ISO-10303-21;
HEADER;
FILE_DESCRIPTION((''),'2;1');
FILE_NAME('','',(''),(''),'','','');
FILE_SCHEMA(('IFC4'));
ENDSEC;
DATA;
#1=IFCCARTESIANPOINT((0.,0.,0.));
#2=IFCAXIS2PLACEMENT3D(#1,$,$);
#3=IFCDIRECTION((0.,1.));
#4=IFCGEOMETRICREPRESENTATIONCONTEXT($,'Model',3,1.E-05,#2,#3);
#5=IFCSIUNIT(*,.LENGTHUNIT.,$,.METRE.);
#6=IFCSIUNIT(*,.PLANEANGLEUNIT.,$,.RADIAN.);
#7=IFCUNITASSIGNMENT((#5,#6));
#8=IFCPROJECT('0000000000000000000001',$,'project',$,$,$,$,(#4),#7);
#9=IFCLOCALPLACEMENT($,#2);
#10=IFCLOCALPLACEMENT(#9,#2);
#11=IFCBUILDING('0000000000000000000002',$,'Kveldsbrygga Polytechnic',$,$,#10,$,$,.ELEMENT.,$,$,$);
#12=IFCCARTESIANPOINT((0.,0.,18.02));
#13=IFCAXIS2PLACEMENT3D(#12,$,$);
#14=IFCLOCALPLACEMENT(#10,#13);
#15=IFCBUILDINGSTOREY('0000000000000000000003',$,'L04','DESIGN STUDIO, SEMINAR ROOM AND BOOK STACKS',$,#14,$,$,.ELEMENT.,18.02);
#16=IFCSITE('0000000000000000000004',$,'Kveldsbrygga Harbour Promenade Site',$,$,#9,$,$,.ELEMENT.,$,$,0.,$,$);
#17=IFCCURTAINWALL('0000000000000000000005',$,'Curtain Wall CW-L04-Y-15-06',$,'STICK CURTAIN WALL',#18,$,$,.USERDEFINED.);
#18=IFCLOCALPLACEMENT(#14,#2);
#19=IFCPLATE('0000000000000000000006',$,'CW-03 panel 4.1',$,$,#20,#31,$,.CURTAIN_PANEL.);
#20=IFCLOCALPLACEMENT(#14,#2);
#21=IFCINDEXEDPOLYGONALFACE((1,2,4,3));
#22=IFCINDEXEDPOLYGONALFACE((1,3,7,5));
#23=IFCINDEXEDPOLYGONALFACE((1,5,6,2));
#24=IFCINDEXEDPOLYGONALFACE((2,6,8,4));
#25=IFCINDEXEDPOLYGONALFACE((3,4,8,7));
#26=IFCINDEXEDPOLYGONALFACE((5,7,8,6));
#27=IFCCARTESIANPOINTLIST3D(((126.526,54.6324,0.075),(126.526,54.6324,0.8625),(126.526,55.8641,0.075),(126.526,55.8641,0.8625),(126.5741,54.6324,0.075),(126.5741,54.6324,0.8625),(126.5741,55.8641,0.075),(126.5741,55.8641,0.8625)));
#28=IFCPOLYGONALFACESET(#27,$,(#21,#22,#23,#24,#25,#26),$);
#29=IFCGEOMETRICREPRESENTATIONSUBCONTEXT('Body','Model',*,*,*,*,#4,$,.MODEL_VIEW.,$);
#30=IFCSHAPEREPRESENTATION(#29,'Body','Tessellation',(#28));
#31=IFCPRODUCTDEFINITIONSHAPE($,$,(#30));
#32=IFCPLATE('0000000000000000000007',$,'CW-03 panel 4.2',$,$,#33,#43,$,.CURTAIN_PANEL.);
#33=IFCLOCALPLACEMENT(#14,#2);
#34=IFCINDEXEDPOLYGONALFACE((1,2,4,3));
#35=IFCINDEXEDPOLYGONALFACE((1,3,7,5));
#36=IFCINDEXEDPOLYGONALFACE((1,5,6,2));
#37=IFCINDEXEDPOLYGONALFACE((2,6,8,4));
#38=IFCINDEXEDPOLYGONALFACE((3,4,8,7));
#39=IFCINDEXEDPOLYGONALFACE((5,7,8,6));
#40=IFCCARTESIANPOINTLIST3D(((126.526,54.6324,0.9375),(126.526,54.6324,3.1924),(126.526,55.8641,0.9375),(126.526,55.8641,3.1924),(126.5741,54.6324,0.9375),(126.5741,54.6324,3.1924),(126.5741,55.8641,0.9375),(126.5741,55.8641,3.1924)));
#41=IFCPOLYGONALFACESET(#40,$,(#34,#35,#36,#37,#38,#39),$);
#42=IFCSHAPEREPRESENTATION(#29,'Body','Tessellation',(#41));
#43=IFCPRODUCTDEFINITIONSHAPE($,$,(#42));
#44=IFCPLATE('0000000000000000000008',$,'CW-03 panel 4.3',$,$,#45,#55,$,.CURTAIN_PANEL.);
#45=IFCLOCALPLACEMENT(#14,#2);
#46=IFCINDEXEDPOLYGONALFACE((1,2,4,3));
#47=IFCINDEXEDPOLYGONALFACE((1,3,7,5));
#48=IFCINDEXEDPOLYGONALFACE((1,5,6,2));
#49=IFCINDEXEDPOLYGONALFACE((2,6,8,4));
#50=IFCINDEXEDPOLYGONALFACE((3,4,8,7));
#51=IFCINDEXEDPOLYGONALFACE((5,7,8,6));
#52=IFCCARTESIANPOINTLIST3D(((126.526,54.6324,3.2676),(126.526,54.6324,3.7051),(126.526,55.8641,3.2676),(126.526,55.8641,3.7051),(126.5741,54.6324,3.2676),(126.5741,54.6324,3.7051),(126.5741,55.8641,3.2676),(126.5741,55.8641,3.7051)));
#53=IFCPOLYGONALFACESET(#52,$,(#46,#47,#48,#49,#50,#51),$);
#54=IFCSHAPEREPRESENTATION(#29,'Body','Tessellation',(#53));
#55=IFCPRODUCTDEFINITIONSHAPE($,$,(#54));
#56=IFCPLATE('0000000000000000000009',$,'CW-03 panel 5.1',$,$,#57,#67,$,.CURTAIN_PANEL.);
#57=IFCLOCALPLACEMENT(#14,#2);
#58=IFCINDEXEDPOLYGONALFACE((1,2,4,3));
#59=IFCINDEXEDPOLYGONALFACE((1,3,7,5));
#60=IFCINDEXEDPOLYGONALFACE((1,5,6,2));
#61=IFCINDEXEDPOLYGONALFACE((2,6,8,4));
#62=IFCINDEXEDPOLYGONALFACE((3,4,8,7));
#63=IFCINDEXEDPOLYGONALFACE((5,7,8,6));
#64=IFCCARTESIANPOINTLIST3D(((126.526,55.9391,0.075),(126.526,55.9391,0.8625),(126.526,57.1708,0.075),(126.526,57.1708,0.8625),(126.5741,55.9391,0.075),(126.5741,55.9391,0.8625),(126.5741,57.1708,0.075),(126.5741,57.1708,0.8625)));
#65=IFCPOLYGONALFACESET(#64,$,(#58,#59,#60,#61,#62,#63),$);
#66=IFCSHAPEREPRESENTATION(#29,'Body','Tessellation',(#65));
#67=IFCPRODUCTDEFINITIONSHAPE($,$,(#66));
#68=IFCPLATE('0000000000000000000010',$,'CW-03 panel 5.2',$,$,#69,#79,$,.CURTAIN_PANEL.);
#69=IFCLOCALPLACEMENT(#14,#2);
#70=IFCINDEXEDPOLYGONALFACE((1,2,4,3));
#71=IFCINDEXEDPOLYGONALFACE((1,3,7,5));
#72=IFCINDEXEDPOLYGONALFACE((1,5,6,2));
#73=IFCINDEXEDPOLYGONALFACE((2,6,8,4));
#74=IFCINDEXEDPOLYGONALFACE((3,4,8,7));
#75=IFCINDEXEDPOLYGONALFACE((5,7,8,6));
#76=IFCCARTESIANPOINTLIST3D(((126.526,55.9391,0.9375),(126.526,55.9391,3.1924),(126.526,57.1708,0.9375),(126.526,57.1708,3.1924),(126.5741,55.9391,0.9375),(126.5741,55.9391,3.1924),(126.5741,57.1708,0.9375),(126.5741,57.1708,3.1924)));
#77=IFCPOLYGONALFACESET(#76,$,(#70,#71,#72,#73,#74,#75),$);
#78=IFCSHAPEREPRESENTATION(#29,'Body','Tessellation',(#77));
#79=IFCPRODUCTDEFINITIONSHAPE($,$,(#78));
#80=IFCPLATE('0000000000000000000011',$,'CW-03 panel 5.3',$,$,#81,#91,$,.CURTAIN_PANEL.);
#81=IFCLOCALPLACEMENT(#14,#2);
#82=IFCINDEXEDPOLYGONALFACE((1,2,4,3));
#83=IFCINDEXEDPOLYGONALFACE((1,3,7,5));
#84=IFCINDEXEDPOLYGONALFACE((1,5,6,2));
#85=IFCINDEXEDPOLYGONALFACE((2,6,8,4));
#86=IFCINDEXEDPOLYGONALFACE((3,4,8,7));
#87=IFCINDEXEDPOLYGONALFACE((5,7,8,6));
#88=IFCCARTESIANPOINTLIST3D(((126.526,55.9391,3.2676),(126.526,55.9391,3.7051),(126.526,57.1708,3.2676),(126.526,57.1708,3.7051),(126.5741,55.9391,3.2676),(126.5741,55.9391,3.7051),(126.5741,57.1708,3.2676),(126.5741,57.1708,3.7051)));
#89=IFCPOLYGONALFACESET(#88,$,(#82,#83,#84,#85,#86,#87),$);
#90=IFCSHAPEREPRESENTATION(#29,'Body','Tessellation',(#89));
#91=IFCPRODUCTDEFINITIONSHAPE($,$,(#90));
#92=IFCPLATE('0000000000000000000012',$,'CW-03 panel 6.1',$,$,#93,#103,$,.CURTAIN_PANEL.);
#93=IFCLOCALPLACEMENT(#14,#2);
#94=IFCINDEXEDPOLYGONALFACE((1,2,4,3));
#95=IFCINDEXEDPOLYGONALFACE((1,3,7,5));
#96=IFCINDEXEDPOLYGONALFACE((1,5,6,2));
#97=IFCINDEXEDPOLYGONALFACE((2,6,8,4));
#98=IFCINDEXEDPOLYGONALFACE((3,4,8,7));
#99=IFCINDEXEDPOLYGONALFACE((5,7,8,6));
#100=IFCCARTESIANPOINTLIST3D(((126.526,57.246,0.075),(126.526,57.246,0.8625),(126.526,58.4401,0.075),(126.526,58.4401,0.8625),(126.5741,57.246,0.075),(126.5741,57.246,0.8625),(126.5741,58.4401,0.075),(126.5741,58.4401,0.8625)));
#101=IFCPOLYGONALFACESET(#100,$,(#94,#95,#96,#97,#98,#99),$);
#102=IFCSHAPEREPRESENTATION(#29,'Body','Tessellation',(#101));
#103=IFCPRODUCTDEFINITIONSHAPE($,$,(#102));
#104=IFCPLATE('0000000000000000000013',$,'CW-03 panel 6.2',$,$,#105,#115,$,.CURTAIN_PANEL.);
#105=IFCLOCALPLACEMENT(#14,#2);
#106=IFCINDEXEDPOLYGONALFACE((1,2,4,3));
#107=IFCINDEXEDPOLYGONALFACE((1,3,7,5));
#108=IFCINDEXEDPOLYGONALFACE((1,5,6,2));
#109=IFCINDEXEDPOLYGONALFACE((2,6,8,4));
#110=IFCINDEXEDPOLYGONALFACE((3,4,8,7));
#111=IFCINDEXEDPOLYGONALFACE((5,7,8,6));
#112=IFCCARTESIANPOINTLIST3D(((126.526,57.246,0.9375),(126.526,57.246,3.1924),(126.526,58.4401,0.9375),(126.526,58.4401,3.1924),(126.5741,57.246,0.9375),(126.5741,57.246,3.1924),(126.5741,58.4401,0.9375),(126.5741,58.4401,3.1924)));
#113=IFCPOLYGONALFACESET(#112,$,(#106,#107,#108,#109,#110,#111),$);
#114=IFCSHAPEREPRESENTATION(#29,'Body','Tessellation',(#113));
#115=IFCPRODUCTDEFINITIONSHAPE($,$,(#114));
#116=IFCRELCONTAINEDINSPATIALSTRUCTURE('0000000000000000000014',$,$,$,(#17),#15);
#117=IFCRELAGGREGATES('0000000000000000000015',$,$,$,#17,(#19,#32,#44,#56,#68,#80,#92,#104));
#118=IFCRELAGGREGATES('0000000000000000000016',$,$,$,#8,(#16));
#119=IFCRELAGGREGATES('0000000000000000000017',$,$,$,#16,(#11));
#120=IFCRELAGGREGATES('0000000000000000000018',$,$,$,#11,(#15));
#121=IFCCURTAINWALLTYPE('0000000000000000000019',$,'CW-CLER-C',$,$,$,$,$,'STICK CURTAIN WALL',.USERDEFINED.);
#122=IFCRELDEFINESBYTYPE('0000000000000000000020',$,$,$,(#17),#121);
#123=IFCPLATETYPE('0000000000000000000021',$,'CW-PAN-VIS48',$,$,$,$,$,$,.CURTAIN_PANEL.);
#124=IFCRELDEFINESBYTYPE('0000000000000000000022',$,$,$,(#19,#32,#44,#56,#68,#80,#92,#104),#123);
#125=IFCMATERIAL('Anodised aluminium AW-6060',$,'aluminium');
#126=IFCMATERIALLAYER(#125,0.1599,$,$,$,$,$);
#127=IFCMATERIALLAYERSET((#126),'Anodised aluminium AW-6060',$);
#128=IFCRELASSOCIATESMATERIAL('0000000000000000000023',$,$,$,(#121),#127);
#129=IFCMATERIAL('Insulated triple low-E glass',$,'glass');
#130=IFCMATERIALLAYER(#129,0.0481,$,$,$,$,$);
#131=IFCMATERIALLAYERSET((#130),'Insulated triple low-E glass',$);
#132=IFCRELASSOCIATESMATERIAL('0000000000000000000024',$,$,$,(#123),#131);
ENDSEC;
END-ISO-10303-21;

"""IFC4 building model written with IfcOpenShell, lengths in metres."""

from ifc_helpers import new_model, si_unit, direction, frame, origin, origin_2d, place, context, subcontext, project, spatial, rectangle, extrude, material, layer, layer_set, type_object, element, aggregate, save


model = new_model("IFC4")

# Units and contexts
model_context = context("Model", 3, precision=1e-05, world=origin(), true_north=direction((0.0, 1.0)))
body_context = subcontext(model_context, "Body", "Model", "MODEL_VIEW")
ifc_project = project(units=[si_unit("LENGTHUNIT", "METRE"), si_unit("PLANEANGLEUNIT", "RADIAN")], contexts=[model_context])

# Site, building, storey
site_placement = place(None, origin())
site = spatial("IfcSite", under=ifc_project, at=site_placement, Name="Kveldsbrygga Harbour Promenade Site", CompositionType="ELEMENT", RefElevation=0.0)
building_placement = place(site_placement, origin())
building = spatial("IfcBuilding", under=site, at=building_placement, Name="Kveldsbrygga Polytechnic", CompositionType="ELEMENT")
storey_placement = place(building_placement, frame((0.0, 0.0, 18.02)))
storey = spatial("IfcBuildingStorey", under=building, at=storey_placement, Name="L04", Description="DESIGN STUDIO, SEMINAR ROOM AND BOOK STACKS", CompositionType="ELEMENT", Elevation=18.02)

# Curtain wall, plates
ifc_material_1 = material(Name="Anodised aluminium AW-6060", Category="aluminium")
ifc_layer_1 = layer(ifc_material_1, 0.1599)
ifc_layer_set_1 = layer_set([ifc_layer_1], Name="Anodised aluminium AW-6060")
curtain_wall_type = type_object("IfcCurtainWallType", Name="CW-CLER-C", ElementType="STICK CURTAIN WALL", PredefinedType="USERDEFINED", material=ifc_layer_set_1)
curtain_wall_placement = place(storey_placement, origin())
curtain_wall = element("IfcCurtainWall", 1, at=curtain_wall_placement, inside=storey, type_object=curtain_wall_type, Name="Curtain Wall CW-L04-Y-15-06", ObjectType="STICK CURTAIN WALL", PredefinedType="USERDEFINED")
ifc_material_2 = material(Name="Insulated triple low-E glass", Category="glass")
ifc_layer_2 = layer(ifc_material_2, 0.0481)
ifc_layer_set_2 = layer_set([ifc_layer_2], Name="Insulated triple low-E glass")
plate_type = type_object("IfcPlateType", Name="CW-PAN-VIS48", PredefinedType="CURTAIN_PANEL", material=ifc_layer_set_2)
plate_1_placement = place(storey_placement, frame((126.55, 55.2483, 0.075), z_axis=(0.0, 0.0, 1.0), x_axis=(0.0, 1.0, 0.0)))
plate_1 = element("IfcPlate", 2, at=plate_1_placement, type_object=plate_type, Name="CW-03 panel 4.1", PredefinedType="CURTAIN_PANEL", context=body_context, shape_type="SweptSolid", body=[
    extrude(rectangle(XDim=1.2317, YDim=0.0481, at=origin_2d()), origin(), (0.0, 0.0, 1.0), 0.7876),
])
plate_2_placement = place(storey_placement, frame((126.55, 55.2483, 0.9375), z_axis=(0.0, 0.0, 1.0), x_axis=(0.0, 1.0, 0.0)))
plate_2 = element("IfcPlate", 3, at=plate_2_placement, type_object=plate_type, Name="CW-03 panel 4.2", PredefinedType="CURTAIN_PANEL", context=body_context, shape_type="SweptSolid", body=[
    extrude(rectangle(XDim=1.2317, YDim=0.0481, at=origin_2d()), origin(), (0.0, 0.0, 1.0), 2.2549),
])
plate_3_placement = place(storey_placement, frame((126.55, 55.2483, 3.2676), z_axis=(0.0, 0.0, 1.0), x_axis=(0.0, 1.0, 0.0)))
plate_3 = element("IfcPlate", 4, at=plate_3_placement, type_object=plate_type, Name="CW-03 panel 4.3", PredefinedType="CURTAIN_PANEL", context=body_context, shape_type="SweptSolid", body=[
    extrude(rectangle(XDim=1.2317, YDim=0.0481, at=origin_2d()), origin(), (0.0, 0.0, 1.0), 0.4375),
])
plate_4_placement = place(storey_placement, frame((126.55, 56.5549, 0.075), z_axis=(0.0, 0.0, 1.0), x_axis=(0.0, 1.0, 0.0)))
plate_4 = element("IfcPlate", 5, at=plate_4_placement, type_object=plate_type, Name="CW-03 panel 5.1", PredefinedType="CURTAIN_PANEL", context=body_context, shape_type="SweptSolid", body=[
    extrude(rectangle(XDim=1.2317, YDim=0.0481, at=origin_2d()), origin(), (0.0, 0.0, 1.0), 0.7876),
])
plate_5_placement = place(storey_placement, frame((126.55, 56.5549, 0.9375), z_axis=(0.0, 0.0, 1.0), x_axis=(0.0, 1.0, 0.0)))
plate_5 = element("IfcPlate", 6, at=plate_5_placement, type_object=plate_type, Name="CW-03 panel 5.2", PredefinedType="CURTAIN_PANEL", context=body_context, shape_type="SweptSolid", body=[
    extrude(rectangle(XDim=1.2317, YDim=0.0481, at=origin_2d()), origin(), (0.0, 0.0, 1.0), 2.2549),
])
plate_6_placement = place(storey_placement, frame((126.55, 56.5549, 3.2676), z_axis=(0.0, 0.0, 1.0), x_axis=(0.0, 1.0, 0.0)))
plate_6 = element("IfcPlate", 7, at=plate_6_placement, type_object=plate_type, Name="CW-03 panel 5.3", PredefinedType="CURTAIN_PANEL", context=body_context, shape_type="SweptSolid", body=[
    extrude(rectangle(XDim=1.2317, YDim=0.0481, at=origin_2d()), origin(), (0.0, 0.0, 1.0), 0.4375),
])
plate_7_placement = place(storey_placement, frame((126.55, 57.843, 0.075), z_axis=(0.0, 0.0, 1.0), x_axis=(0.0, 1.0, 0.0)))
plate_7 = element("IfcPlate", 8, at=plate_7_placement, type_object=plate_type, Name="CW-03 panel 6.1", PredefinedType="CURTAIN_PANEL", context=body_context, shape_type="SweptSolid", body=[
    extrude(rectangle(XDim=1.1941, YDim=0.0481, at=origin_2d()), origin(), (0.0, 0.0, 1.0), 0.7876),
])
plate_8_placement = place(storey_placement, frame((126.55, 57.843, 0.9375), z_axis=(0.0, 0.0, 1.0), x_axis=(0.0, 1.0, 0.0)))
plate_8 = element("IfcPlate", 9, at=plate_8_placement, type_object=plate_type, Name="CW-03 panel 6.2", PredefinedType="CURTAIN_PANEL", context=body_context, shape_type="SweptSolid", body=[
    extrude(rectangle(XDim=1.1941, YDim=0.0481, at=origin_2d()), origin(), (0.0, 0.0, 1.0), 2.2549),
])
aggregate(curtain_wall, [plate_1, plate_2, plate_3, plate_4, plate_5, plate_6, plate_7, plate_8])

save(model, "model.ifc")
